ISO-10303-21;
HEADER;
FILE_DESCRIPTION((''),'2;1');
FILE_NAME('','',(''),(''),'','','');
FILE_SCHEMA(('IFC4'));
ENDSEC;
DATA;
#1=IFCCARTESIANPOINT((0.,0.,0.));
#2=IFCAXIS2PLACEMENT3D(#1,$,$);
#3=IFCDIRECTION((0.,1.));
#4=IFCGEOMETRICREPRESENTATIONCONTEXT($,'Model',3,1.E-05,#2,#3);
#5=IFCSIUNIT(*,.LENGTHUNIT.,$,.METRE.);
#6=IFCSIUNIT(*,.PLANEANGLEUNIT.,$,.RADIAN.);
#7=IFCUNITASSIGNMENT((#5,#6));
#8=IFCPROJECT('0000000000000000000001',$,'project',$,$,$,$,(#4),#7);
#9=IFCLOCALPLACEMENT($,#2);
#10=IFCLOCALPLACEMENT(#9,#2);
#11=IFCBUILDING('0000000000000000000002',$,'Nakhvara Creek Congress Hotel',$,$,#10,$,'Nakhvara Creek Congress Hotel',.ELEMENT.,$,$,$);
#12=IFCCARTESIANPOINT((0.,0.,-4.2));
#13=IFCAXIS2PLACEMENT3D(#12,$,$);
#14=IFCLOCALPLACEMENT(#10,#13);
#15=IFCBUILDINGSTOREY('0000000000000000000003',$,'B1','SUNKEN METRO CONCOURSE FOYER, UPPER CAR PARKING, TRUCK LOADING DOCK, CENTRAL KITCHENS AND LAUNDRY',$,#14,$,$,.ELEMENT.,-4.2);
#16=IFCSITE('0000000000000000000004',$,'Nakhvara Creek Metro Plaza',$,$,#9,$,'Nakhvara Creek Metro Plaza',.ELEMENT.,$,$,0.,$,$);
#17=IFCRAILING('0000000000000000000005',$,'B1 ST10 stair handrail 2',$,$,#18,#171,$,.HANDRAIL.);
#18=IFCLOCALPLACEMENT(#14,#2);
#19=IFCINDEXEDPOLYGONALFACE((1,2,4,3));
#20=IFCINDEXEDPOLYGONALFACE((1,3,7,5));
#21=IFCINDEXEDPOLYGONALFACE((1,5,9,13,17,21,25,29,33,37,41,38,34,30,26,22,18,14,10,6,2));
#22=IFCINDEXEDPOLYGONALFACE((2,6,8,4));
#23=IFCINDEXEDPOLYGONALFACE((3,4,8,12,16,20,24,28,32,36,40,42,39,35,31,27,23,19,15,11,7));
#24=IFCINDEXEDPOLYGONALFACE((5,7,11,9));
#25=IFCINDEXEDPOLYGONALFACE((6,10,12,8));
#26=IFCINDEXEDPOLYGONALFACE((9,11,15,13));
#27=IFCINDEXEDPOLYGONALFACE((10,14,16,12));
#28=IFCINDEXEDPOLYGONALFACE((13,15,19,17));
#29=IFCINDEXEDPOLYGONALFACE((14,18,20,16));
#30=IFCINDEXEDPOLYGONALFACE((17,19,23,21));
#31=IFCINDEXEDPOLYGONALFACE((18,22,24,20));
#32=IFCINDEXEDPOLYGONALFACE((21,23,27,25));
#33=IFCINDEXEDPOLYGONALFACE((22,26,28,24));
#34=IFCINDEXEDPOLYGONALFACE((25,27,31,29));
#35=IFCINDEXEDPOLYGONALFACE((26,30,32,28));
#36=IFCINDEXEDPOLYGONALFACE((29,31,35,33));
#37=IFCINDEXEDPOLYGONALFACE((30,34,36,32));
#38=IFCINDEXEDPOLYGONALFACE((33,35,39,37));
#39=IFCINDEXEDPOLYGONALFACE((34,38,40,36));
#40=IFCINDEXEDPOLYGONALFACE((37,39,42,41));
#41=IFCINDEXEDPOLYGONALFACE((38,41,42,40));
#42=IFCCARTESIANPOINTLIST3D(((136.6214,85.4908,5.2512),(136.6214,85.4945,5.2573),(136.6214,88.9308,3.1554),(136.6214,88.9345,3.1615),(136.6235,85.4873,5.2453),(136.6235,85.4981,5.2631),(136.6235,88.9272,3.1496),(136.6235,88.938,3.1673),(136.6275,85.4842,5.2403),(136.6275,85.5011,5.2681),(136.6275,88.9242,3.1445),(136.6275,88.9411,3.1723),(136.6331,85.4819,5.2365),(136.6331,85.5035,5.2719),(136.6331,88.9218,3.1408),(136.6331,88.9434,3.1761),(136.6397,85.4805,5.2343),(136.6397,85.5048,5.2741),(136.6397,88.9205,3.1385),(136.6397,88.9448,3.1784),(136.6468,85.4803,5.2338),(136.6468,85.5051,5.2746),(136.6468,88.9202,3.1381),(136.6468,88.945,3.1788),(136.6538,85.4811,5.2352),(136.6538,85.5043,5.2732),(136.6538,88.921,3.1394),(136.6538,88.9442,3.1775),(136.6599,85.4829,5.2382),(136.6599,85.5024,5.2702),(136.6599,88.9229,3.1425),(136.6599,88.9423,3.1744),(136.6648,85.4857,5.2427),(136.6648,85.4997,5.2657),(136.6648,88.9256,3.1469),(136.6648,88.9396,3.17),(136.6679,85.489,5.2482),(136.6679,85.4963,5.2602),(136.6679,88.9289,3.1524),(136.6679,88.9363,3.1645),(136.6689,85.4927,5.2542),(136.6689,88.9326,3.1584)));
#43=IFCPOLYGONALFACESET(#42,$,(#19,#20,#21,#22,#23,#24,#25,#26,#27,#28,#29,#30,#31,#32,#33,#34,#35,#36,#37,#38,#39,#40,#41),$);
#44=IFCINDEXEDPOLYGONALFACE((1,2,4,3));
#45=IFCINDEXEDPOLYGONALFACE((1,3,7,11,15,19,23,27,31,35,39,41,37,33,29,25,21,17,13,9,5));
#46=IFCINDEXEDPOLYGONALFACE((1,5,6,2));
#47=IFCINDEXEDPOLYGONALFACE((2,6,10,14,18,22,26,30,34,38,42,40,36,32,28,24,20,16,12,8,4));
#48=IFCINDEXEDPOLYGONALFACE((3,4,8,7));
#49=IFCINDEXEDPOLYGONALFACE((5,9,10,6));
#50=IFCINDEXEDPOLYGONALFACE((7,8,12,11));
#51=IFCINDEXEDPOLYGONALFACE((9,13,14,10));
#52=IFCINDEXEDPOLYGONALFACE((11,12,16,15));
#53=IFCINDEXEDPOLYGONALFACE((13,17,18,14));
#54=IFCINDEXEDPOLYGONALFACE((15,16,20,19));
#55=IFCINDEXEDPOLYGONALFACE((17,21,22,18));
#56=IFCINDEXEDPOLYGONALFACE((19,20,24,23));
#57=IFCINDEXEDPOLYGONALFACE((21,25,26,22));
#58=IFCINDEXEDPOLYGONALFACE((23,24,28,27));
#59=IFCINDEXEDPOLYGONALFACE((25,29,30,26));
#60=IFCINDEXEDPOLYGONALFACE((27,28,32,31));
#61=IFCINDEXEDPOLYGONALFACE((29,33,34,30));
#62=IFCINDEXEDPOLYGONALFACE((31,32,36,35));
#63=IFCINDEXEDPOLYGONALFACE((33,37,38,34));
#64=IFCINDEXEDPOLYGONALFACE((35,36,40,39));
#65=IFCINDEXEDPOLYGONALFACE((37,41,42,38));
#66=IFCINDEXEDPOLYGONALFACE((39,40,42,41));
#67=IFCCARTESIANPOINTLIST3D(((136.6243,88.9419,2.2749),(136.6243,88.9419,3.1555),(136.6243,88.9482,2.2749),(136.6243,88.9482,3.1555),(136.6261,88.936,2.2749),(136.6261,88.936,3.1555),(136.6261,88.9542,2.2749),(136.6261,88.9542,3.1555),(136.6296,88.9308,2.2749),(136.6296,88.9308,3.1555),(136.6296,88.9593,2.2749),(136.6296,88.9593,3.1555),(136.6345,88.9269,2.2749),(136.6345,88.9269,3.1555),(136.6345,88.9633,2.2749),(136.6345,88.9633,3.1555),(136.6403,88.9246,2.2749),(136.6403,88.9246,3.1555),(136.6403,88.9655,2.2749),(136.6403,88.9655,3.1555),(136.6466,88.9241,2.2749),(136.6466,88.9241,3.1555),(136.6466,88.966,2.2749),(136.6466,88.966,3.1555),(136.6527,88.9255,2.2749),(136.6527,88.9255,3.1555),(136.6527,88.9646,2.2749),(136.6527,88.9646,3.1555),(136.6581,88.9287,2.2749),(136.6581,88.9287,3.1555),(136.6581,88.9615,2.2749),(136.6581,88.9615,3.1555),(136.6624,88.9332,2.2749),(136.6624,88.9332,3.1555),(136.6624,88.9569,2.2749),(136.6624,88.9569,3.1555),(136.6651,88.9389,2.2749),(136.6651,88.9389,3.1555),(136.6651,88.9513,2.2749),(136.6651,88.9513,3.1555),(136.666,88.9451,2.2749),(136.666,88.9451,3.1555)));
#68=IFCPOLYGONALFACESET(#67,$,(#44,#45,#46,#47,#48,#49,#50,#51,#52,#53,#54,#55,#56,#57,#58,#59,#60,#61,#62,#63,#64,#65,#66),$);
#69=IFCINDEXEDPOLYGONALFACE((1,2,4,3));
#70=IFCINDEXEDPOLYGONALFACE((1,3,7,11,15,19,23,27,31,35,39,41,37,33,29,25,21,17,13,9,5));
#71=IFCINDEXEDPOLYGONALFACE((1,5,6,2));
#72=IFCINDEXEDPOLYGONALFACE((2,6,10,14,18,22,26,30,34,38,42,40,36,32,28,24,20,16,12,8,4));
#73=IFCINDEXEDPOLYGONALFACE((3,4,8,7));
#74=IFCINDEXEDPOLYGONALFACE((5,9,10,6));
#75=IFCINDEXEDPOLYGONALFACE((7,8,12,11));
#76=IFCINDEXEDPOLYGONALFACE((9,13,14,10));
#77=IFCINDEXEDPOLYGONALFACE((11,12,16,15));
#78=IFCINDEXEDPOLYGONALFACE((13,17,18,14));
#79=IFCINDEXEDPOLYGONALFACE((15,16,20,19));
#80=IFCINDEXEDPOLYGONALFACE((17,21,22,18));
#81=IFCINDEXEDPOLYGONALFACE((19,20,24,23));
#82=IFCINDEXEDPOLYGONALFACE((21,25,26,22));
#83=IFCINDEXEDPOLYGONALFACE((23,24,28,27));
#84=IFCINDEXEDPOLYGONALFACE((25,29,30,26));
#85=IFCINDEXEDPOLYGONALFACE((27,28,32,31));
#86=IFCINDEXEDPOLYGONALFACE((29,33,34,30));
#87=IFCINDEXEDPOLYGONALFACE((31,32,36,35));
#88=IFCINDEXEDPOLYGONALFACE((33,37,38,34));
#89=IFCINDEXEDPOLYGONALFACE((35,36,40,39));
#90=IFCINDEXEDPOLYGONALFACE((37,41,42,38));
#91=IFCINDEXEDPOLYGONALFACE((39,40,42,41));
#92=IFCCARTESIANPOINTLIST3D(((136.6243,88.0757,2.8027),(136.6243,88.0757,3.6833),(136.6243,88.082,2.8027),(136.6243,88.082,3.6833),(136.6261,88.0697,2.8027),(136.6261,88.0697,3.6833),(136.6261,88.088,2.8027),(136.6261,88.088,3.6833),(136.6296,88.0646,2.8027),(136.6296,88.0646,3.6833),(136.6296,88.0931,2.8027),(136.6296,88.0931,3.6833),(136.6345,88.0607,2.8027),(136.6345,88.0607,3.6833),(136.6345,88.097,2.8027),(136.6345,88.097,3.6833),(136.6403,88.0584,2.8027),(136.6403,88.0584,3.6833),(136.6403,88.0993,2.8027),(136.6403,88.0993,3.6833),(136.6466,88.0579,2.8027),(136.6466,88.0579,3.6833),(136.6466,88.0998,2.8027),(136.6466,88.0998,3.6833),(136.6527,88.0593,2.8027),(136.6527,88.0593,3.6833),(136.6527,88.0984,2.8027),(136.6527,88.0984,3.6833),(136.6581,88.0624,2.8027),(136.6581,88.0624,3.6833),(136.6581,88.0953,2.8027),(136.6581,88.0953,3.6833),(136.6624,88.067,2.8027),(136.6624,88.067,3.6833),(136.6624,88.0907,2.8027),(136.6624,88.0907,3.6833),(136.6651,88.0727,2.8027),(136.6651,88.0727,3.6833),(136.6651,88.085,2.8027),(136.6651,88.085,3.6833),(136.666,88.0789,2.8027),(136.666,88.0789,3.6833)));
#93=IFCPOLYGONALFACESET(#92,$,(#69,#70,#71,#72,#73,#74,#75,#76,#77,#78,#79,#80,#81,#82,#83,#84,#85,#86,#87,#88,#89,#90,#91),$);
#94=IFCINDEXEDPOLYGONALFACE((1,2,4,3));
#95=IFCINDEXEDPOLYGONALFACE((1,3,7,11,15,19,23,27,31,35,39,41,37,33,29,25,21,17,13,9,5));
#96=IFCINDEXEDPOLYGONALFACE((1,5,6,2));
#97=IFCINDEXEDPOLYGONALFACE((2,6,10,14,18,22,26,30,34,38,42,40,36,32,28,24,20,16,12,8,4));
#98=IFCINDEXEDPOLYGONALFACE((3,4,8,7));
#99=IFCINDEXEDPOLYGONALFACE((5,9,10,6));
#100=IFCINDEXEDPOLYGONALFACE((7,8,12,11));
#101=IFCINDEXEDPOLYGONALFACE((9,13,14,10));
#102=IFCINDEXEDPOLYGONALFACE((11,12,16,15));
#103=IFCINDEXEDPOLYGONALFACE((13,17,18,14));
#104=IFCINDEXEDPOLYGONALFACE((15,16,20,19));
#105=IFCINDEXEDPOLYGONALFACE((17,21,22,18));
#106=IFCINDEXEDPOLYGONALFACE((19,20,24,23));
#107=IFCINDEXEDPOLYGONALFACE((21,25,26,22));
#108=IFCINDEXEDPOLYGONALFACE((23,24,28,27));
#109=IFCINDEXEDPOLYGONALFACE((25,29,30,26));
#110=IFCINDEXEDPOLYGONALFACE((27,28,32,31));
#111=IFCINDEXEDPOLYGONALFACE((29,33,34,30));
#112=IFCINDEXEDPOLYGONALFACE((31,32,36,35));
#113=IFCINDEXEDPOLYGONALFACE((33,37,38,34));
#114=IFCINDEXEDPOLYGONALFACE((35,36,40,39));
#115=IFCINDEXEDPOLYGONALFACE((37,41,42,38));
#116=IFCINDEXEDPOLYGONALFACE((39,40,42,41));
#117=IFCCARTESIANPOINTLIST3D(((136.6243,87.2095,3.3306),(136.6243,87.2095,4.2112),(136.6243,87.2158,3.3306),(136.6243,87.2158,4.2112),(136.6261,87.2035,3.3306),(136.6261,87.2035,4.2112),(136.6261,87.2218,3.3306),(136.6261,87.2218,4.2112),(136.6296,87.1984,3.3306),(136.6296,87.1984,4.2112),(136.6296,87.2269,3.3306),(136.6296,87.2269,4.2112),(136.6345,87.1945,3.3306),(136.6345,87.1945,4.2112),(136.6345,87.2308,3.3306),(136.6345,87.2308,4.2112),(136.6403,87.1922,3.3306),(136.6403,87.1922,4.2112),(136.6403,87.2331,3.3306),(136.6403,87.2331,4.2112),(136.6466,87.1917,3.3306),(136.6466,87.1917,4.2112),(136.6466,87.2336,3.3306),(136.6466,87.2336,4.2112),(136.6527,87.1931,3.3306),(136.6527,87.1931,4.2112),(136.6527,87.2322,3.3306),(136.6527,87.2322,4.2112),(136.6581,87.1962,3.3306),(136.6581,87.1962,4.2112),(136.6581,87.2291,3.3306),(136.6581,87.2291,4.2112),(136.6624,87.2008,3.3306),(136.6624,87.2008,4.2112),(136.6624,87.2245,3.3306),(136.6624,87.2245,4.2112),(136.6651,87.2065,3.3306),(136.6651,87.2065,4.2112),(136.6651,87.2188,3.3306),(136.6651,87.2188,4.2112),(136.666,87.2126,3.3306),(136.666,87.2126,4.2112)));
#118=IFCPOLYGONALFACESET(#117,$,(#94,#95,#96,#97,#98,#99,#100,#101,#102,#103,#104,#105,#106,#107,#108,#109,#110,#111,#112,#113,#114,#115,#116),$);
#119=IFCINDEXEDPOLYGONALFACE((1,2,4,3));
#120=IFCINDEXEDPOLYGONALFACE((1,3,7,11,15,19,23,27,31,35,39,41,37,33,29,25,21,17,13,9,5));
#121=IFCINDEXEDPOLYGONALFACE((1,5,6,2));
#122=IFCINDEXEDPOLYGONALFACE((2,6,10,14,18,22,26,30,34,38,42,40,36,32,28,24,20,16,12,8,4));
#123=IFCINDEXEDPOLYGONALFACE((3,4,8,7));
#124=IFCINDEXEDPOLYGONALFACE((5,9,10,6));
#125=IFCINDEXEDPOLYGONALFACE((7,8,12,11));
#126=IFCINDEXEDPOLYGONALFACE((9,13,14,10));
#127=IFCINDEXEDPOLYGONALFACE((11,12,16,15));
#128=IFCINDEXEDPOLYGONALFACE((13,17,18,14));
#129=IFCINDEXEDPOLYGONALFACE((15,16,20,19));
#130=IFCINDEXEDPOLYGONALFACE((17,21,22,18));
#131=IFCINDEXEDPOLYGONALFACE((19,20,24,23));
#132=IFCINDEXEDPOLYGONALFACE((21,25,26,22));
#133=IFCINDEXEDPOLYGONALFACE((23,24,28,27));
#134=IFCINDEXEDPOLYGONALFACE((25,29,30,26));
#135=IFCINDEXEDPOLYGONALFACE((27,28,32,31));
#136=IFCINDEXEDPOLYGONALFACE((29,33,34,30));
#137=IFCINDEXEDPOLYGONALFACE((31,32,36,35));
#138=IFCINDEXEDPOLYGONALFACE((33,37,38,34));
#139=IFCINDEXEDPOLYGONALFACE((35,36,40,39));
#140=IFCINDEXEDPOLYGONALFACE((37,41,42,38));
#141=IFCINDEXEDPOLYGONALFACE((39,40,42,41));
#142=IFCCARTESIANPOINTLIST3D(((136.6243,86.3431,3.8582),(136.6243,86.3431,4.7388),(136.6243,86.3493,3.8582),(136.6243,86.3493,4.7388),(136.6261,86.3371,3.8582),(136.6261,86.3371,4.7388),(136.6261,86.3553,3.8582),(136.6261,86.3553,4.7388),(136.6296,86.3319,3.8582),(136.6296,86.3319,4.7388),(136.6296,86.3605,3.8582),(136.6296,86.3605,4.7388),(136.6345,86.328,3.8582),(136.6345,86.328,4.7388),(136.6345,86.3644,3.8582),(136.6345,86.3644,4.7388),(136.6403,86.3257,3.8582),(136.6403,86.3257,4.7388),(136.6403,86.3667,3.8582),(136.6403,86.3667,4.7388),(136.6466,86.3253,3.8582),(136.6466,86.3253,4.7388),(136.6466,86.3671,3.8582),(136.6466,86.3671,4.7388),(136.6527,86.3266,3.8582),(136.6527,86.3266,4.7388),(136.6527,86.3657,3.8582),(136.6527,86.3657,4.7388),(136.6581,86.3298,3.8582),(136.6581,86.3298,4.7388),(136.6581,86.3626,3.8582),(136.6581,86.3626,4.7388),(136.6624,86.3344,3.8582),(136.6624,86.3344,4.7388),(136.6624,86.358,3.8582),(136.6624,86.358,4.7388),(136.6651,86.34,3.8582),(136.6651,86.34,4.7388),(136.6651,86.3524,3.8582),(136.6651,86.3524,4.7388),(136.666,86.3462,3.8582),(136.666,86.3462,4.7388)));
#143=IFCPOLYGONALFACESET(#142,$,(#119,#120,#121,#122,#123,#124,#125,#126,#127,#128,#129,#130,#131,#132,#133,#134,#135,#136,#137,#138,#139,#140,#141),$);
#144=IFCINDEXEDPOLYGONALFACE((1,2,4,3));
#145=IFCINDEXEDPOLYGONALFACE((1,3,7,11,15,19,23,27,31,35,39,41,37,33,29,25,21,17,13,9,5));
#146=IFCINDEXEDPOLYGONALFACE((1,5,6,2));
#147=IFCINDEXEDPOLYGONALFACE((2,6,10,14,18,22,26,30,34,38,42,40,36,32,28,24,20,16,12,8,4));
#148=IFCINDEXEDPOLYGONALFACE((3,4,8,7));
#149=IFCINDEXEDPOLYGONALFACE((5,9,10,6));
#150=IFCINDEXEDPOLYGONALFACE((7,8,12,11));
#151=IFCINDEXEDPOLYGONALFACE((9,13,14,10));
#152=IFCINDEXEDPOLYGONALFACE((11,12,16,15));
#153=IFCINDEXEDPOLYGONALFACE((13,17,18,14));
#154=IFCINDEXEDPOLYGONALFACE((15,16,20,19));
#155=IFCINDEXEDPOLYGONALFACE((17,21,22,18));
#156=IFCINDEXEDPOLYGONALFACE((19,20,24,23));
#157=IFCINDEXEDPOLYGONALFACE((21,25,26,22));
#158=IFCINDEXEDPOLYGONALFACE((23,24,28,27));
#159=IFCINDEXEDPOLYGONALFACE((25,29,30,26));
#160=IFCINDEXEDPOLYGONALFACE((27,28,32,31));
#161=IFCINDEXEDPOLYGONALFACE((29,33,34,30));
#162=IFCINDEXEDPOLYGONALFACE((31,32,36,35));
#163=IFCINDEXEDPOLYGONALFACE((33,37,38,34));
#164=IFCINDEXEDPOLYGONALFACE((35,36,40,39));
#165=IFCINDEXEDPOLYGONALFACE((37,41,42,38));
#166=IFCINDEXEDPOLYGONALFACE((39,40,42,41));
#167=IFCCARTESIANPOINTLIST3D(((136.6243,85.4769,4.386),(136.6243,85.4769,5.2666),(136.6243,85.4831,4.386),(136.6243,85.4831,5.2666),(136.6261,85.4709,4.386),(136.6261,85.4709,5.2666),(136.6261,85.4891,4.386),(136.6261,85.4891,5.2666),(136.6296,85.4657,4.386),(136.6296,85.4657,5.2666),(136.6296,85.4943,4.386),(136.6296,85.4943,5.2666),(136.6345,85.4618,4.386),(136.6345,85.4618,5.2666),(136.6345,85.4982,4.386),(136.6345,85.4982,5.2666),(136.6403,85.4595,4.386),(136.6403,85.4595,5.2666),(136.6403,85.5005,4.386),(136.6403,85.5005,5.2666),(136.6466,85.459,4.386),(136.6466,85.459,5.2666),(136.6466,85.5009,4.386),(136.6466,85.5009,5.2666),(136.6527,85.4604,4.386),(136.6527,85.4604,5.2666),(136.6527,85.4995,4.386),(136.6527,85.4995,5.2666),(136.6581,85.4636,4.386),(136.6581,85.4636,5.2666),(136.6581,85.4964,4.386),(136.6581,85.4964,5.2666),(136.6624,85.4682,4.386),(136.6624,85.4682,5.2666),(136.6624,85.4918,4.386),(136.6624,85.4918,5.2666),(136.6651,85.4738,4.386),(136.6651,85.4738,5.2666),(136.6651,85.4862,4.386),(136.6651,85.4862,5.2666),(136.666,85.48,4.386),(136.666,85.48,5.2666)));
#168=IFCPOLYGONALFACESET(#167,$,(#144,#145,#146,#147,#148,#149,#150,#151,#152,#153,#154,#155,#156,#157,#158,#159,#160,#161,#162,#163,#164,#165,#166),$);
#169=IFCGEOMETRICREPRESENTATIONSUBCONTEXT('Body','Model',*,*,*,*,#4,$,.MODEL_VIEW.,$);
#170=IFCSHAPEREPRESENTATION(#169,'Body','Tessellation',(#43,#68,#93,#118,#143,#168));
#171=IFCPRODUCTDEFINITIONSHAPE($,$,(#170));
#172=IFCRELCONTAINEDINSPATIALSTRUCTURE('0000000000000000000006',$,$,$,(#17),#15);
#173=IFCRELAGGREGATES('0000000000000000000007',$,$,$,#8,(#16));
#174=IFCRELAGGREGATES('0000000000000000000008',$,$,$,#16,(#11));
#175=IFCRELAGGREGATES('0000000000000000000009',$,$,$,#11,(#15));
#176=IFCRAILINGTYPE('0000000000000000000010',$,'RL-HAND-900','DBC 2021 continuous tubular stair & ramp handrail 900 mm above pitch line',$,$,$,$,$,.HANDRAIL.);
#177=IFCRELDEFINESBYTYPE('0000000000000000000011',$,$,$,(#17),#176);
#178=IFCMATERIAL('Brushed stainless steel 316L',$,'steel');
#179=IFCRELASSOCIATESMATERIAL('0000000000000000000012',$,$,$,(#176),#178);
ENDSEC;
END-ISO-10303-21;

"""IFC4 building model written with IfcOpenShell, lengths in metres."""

from ifc_helpers import new_model, si_unit, direction, frame, origin, origin_2d, place, context, subcontext, project, spatial, circle, extrude, material, type_object, element, save


model = new_model("IFC4")

# Units and contexts
model_context = context("Model", 3, precision=1e-05, world=origin(), true_north=direction((0.0, 1.0)))
body_context = subcontext(model_context, "Body", "Model", "MODEL_VIEW")
ifc_project = project(units=[si_unit("LENGTHUNIT", "METRE"), si_unit("PLANEANGLEUNIT", "RADIAN")], contexts=[model_context])

# Site, building, storey
site_placement = place(None, origin())
site = spatial("IfcSite", under=ifc_project, at=site_placement, Name="Nakhvara Creek Metro Plaza", LongName="Nakhvara Creek Metro Plaza", CompositionType="ELEMENT", RefElevation=0.0)
building_placement = place(site_placement, origin())
building = spatial("IfcBuilding", under=site, at=building_placement, Name="Nakhvara Creek Congress Hotel", LongName="Nakhvara Creek Congress Hotel", CompositionType="ELEMENT")
storey_placement = place(building_placement, frame((0.0, 0.0, -4.2)))
storey = spatial("IfcBuildingStorey", under=building, at=storey_placement, Name="B1", Description="SUNKEN METRO CONCOURSE FOYER, UPPER CAR PARKING, TRUCK LOADING DOCK, CENTRAL KITCHENS AND LAUNDRY", CompositionType="ELEMENT", Elevation=-4.2)

# Railing
ifc_material_1 = material(Name="Brushed stainless steel 316L", Category="steel")
railing_type_1 = type_object("IfcRailingType", Name="RL-HAND-900", Description="DBC 2021 continuous tubular stair & ramp handrail 900 mm above pitch line", PredefinedType="HANDRAIL", material=ifc_material_1)
railing_1_placement = place(storey_placement, frame((136.645, 88.9451, 2.2749)))
element("IfcRailing", 1, at=railing_1_placement, inside=storey, type_object=railing_type_1, Name="B1 ST10 stair handrail 2", PredefinedType="HANDRAIL", context=body_context, shape_type="SweptSolid", body=[
    extrude(circle(Radius=0.0239, at=origin_2d()), frame((0.0, -0.0125, 0.8835), z_axis=(0.0, -0.853991, 0.520289), x_axis=(1.0, 0.0, 0.0)), (0.0, 0.0, 1.0), 4.0281),
    extrude(circle(Radius=0.021, at=origin_2d()), origin(), (0.0, 0.0, 1.0), 0.8806),
    extrude(circle(Radius=0.021, at=origin_2d()), frame((0.0, -0.8662, 0.5278)), (0.0, 0.0, 1.0), 0.8806),
    extrude(circle(Radius=0.021, at=origin_2d()), frame((0.0, -1.7324, 1.0557)), (0.0, 0.0, 1.0), 0.8806),
    extrude(circle(Radius=0.021, at=origin_2d()), frame((0.0, -2.5989, 1.5833)), (0.0, 0.0, 1.0), 0.8806),
    extrude(circle(Radius=0.021, at=origin_2d()), frame((0.0, -3.4651, 2.1111)), (0.0, 0.0, 1.0), 0.8806),
])

save(model, "model.ifc")
